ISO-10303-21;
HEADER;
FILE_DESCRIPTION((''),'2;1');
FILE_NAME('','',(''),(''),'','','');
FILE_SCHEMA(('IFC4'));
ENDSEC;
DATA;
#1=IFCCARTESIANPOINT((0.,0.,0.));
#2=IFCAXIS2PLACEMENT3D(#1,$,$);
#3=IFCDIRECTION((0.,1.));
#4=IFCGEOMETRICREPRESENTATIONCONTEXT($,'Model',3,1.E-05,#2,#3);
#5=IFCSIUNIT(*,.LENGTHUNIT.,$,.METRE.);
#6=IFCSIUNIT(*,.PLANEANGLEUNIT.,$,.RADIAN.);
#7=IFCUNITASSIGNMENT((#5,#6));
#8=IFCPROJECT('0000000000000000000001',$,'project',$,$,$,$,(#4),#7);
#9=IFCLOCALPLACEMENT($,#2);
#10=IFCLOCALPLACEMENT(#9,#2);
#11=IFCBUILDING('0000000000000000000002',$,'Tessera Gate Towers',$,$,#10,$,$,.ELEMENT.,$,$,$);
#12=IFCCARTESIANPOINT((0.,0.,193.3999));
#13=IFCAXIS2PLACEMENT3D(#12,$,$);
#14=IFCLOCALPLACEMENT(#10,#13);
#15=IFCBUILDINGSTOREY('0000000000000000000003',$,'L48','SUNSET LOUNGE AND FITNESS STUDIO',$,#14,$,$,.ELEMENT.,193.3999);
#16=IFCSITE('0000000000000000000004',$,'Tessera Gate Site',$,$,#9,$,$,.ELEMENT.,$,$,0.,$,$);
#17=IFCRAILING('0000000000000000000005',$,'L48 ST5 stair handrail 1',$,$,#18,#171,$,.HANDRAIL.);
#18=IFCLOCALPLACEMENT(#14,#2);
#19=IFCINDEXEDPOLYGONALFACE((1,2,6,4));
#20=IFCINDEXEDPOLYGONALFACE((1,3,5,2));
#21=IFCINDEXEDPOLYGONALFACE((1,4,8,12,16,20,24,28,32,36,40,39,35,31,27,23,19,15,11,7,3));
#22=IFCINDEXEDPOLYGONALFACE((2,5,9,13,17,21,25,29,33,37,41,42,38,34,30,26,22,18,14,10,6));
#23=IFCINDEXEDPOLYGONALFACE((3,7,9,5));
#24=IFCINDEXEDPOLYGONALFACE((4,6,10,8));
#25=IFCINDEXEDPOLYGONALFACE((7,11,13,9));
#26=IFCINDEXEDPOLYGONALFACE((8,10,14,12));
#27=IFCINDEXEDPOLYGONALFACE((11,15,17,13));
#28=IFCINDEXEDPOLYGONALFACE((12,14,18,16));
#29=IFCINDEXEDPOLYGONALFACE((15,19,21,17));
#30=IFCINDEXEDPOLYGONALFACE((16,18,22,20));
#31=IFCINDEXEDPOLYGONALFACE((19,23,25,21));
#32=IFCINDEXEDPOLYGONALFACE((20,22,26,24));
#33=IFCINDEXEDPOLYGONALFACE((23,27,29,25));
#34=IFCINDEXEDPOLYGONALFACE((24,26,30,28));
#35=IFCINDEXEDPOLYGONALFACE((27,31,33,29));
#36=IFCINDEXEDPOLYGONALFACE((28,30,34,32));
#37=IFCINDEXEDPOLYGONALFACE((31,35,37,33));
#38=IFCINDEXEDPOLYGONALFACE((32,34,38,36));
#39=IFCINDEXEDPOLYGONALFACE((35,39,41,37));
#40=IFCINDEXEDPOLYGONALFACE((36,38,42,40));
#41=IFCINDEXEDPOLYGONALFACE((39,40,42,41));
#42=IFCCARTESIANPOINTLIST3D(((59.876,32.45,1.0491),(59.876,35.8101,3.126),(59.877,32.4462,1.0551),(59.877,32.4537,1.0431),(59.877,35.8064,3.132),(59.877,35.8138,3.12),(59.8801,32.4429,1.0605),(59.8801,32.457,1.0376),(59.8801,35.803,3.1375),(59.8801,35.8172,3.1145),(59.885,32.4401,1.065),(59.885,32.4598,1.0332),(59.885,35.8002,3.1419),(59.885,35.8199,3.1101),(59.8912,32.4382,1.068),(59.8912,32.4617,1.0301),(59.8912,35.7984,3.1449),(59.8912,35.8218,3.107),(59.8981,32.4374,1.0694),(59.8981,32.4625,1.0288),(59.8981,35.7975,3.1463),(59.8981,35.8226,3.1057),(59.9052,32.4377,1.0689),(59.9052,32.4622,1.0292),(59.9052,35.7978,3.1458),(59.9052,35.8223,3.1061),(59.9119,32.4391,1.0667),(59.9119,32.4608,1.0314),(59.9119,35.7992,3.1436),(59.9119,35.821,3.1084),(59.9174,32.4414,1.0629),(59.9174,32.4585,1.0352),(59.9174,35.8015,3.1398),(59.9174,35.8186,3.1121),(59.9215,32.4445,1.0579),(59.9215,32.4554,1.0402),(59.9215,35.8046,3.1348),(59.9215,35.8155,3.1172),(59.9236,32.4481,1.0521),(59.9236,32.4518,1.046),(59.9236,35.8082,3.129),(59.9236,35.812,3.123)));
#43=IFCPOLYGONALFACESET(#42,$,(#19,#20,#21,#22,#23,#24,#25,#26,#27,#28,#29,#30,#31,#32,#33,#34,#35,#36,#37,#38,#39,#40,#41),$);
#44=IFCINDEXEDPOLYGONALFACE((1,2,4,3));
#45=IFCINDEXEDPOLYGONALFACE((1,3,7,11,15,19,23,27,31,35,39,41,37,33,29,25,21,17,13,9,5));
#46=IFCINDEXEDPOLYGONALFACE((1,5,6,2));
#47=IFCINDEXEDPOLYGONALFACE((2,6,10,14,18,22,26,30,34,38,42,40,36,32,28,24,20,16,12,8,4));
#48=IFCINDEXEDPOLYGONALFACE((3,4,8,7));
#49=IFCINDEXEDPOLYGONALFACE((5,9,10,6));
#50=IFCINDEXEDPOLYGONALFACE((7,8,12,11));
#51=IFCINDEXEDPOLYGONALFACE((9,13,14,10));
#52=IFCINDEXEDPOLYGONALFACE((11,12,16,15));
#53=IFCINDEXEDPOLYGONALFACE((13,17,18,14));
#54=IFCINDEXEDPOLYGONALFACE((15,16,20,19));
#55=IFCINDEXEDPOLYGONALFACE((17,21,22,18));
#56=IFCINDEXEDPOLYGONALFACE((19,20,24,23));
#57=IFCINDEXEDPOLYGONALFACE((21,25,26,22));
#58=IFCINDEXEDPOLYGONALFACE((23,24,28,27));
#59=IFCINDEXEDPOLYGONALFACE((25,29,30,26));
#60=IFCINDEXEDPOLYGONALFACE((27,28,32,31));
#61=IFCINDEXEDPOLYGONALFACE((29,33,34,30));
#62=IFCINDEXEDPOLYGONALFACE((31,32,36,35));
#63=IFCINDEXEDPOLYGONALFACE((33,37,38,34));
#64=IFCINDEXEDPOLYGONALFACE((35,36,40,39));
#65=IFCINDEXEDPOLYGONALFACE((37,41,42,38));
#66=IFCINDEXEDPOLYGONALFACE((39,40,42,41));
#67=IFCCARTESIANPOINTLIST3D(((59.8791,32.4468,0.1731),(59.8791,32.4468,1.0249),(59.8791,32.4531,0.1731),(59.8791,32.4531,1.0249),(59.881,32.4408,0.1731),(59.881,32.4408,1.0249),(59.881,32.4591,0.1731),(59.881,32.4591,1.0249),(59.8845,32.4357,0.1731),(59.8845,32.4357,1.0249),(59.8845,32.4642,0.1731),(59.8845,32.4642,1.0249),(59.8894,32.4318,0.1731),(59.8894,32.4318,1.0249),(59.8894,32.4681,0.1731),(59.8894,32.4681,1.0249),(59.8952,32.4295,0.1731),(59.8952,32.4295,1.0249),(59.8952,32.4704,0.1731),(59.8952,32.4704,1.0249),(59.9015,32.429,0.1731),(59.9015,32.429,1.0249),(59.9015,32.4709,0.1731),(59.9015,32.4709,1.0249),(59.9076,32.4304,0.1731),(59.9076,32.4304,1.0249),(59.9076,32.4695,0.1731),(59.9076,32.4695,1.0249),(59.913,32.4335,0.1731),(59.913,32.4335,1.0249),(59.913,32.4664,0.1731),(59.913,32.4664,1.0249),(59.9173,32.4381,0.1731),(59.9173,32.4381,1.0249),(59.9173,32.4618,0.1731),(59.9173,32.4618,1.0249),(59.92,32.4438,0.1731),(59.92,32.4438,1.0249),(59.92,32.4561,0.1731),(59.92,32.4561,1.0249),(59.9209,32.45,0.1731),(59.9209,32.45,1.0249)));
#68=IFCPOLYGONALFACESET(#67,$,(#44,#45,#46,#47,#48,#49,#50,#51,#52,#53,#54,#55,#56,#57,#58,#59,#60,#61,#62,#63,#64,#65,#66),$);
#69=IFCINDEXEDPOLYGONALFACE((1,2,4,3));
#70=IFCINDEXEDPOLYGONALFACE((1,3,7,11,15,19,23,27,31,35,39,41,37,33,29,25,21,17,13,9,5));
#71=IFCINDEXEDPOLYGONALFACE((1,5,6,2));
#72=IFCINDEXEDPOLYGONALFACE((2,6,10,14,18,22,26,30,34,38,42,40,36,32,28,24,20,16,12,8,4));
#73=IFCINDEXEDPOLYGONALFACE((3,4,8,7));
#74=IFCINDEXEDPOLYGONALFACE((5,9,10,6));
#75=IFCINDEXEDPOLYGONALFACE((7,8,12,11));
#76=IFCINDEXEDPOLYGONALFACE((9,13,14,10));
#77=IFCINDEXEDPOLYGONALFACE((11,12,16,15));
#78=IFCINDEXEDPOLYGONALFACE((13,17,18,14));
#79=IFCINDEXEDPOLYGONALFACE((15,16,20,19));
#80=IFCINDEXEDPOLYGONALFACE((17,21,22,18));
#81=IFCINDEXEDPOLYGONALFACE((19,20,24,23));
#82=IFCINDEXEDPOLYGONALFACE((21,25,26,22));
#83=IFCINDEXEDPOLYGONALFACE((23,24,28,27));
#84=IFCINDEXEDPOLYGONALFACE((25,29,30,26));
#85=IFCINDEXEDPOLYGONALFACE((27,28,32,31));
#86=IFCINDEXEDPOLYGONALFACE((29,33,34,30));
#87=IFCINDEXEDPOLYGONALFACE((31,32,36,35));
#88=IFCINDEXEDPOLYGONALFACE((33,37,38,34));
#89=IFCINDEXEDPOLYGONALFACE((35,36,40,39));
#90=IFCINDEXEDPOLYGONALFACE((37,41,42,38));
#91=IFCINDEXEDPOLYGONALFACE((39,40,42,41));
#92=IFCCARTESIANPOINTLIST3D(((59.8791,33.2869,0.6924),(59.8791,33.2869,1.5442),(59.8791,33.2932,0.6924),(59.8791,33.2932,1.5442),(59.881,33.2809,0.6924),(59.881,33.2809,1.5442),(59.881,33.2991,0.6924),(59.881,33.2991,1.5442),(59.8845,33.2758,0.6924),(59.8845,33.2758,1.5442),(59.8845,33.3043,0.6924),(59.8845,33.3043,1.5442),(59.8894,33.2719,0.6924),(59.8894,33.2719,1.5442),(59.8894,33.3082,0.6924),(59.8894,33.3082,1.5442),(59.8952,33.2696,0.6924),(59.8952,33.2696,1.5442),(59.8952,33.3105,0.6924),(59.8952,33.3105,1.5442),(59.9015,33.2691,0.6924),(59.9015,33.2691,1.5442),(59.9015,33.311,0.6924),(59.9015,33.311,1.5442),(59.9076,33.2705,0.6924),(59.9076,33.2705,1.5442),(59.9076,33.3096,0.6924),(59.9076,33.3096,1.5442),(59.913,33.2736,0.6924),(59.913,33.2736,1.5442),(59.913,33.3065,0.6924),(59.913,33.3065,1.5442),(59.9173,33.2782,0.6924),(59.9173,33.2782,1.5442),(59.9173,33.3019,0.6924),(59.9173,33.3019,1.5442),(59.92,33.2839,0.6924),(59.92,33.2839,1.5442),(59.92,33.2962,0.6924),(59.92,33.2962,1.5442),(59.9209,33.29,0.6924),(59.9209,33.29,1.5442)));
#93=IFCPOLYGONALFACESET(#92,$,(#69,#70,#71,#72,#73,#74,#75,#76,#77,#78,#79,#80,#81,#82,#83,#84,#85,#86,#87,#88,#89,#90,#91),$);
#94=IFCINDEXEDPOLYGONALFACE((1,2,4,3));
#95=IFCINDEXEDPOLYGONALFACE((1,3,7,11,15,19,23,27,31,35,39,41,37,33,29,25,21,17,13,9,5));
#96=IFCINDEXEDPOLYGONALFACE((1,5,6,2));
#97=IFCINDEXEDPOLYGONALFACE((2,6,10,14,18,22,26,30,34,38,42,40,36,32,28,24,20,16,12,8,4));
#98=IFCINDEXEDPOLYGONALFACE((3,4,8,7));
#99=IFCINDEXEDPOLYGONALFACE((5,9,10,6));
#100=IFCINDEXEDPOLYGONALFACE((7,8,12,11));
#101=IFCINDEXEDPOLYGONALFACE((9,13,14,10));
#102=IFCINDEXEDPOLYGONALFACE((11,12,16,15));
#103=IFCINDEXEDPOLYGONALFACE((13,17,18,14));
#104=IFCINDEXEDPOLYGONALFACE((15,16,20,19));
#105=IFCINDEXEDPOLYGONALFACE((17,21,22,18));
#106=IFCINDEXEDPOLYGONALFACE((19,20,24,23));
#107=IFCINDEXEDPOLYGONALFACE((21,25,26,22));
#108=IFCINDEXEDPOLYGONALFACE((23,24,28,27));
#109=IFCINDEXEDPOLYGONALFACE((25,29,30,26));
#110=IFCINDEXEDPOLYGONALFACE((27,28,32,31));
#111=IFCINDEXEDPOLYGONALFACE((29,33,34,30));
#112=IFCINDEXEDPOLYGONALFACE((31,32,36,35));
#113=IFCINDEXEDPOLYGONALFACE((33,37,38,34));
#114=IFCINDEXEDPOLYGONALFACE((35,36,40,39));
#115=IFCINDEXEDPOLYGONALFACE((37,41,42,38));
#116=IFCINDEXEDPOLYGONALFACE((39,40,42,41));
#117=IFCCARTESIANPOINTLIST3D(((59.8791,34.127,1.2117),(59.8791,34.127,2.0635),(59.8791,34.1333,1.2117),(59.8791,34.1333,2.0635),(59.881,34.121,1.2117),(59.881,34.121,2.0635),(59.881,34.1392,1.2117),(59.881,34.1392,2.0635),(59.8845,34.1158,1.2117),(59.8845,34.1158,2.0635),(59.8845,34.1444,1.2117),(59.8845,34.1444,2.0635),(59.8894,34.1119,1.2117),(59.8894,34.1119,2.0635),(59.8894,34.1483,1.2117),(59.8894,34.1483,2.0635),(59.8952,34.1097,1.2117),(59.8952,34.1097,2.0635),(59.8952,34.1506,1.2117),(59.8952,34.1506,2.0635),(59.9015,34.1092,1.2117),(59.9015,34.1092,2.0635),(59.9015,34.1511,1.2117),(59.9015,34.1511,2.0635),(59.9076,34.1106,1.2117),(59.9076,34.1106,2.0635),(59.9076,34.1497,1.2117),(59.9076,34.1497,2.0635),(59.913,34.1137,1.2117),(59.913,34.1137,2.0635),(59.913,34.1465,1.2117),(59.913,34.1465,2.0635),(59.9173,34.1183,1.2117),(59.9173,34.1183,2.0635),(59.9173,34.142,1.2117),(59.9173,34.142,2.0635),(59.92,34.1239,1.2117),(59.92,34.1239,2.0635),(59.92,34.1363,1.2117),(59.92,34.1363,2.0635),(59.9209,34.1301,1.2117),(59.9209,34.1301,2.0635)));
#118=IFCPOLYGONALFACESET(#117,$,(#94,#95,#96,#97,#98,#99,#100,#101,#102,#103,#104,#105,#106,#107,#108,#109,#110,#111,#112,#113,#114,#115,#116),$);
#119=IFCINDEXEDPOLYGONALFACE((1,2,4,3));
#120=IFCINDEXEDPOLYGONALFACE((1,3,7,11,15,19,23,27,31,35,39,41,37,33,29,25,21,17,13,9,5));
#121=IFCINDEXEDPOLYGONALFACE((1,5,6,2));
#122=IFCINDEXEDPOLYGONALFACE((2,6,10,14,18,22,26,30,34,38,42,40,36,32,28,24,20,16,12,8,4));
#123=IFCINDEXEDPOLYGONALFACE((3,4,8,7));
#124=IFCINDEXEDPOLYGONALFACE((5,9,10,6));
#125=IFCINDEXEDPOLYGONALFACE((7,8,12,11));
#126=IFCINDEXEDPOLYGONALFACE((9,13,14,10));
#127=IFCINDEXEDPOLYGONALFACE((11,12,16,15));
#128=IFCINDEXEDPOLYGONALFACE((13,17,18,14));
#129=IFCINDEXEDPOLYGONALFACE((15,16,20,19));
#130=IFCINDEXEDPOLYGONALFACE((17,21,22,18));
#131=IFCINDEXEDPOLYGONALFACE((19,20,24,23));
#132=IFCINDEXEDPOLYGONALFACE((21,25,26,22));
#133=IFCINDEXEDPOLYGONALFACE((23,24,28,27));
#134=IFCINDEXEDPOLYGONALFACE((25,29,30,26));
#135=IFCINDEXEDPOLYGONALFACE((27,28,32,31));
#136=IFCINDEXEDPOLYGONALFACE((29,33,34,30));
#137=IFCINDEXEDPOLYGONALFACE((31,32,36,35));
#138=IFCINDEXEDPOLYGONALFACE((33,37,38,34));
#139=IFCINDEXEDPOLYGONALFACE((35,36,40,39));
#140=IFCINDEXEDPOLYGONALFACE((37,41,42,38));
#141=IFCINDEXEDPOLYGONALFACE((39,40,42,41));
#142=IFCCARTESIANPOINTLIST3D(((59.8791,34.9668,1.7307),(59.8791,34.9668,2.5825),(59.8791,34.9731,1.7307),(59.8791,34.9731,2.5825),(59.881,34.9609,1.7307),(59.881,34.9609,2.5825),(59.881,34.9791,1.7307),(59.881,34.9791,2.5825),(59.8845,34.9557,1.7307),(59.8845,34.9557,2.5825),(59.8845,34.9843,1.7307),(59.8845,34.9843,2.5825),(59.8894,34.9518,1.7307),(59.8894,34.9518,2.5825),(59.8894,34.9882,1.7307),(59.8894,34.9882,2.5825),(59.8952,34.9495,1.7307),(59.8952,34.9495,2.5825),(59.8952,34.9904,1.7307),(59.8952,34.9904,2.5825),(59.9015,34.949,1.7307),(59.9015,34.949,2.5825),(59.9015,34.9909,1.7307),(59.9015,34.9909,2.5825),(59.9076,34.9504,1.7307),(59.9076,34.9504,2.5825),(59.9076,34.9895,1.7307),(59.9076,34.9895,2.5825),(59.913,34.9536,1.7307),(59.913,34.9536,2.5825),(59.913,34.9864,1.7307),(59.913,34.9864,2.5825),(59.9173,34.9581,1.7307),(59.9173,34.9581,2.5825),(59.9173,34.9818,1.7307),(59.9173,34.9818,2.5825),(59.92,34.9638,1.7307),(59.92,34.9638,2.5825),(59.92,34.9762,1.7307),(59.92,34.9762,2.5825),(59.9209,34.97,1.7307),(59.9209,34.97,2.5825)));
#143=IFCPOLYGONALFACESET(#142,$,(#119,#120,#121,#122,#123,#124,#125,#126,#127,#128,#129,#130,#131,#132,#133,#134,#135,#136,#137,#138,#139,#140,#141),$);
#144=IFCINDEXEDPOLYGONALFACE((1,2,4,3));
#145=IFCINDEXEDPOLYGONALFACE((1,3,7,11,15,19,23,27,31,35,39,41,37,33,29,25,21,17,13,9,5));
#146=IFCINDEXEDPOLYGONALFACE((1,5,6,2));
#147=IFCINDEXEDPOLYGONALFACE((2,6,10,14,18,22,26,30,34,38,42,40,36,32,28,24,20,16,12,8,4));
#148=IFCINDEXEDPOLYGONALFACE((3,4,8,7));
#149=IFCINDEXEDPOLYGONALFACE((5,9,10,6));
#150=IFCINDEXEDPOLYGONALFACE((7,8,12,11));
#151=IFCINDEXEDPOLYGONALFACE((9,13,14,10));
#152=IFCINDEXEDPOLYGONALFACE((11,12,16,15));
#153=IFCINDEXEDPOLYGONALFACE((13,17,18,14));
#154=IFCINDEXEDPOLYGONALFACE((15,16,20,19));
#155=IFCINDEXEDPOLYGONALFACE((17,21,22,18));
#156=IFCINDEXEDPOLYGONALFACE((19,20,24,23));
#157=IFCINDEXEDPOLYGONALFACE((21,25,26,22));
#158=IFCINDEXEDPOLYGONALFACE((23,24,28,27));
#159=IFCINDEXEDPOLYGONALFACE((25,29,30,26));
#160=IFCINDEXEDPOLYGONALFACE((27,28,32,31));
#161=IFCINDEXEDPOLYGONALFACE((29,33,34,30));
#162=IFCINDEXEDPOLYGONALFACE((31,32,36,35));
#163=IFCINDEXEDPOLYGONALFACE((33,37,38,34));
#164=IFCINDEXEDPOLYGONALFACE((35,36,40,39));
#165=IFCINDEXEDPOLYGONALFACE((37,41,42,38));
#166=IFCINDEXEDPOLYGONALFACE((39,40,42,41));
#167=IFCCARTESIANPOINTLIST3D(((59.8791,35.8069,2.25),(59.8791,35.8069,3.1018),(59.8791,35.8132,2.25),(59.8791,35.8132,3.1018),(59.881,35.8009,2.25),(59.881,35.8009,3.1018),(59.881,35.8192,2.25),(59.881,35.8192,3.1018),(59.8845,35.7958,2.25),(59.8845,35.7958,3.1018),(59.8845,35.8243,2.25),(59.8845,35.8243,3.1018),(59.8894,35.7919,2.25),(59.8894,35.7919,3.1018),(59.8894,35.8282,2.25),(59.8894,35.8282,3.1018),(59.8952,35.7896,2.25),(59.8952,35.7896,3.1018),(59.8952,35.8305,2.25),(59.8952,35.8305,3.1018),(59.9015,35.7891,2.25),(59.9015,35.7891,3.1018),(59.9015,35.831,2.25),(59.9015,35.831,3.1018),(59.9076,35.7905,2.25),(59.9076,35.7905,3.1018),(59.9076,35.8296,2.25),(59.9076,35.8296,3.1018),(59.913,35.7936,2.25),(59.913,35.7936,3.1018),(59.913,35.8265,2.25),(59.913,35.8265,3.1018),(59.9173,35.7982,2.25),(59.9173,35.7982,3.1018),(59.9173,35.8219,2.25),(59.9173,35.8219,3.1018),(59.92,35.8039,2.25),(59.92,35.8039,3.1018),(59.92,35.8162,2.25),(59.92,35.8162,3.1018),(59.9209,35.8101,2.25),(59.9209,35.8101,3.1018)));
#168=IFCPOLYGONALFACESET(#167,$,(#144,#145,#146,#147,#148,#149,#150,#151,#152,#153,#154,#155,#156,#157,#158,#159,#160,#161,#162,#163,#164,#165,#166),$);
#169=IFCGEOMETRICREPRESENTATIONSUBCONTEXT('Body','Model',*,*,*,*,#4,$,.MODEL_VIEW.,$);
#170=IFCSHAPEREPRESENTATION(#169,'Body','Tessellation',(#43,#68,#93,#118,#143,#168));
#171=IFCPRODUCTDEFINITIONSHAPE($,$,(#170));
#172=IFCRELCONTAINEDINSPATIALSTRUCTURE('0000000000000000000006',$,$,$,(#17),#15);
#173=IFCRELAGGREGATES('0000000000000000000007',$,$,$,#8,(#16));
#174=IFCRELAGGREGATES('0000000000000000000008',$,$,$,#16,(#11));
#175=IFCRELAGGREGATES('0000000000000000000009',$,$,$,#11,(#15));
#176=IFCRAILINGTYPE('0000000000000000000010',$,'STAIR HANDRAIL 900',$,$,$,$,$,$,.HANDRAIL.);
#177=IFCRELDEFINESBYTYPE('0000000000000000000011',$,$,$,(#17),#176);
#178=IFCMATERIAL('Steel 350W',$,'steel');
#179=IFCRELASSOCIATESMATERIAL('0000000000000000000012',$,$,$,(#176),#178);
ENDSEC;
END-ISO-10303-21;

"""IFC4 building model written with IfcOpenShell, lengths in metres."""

from ifc_helpers import new_model, si_unit, direction, frame, origin, origin_2d, place, context, subcontext, project, spatial, circle, extrude, material, type_object, element, save


model = new_model("IFC4")

# Units and contexts
model_context = context("Model", 3, precision=1e-05, world=origin(), true_north=direction((0.0, 1.0)))
body_context = subcontext(model_context, "Body", "Model", "MODEL_VIEW")
ifc_project = project(units=[si_unit("LENGTHUNIT", "METRE"), si_unit("PLANEANGLEUNIT", "RADIAN")], contexts=[model_context])

# Site, building, storey
site_placement = place(None, origin())
site = spatial("IfcSite", under=ifc_project, at=site_placement, Name="Tessera Gate Site", CompositionType="ELEMENT", RefElevation=0.0)
building_placement = place(site_placement, origin())
building = spatial("IfcBuilding", under=site, at=building_placement, Name="Tessera Gate Towers", CompositionType="ELEMENT")
storey_placement = place(building_placement, frame((0.0, 0.0, 193.3999)))
storey = spatial("IfcBuildingStorey", under=building, at=storey_placement, Name="L48", Description="SUNSET LOUNGE AND FITNESS STUDIO", CompositionType="ELEMENT", Elevation=193.3999)

# Railing
ifc_material_1 = material(Name="Steel 350W", Category="steel")
railing_type_1 = type_object("IfcRailingType", Name="STAIR HANDRAIL 900", PredefinedType="HANDRAIL", material=ifc_material_1)
railing_1_placement = place(storey_placement, frame((59.8999, 32.45, 0.1731)))
element("IfcRailing", 1, at=railing_1_placement, inside=storey, type_object=railing_type_1, Name="L48 ST5 stair handrail 1", PredefinedType="HANDRAIL", context=body_context, shape_type="SweptSolid", body=[
    extrude(circle(Radius=0.0239, at=origin_2d()), frame((0.0, 0.0, 0.876), z_axis=(0.0, 0.850623, 0.525776), x_axis=(-1.0, 0.0, 0.0)), (0.0, 0.0, 1.0), 3.9502),
    extrude(circle(Radius=0.021, at=origin_2d()), origin(), (0.0, 0.0, 1.0), 0.8518),
    extrude(circle(Radius=0.021, at=origin_2d()), frame((0.0, 0.8401, 0.5193)), (0.0, 0.0, 1.0), 0.8518),
    extrude(circle(Radius=0.021, at=origin_2d()), frame((0.0, 1.6802, 1.0386)), (0.0, 0.0, 1.0), 0.8518),
    extrude(circle(Radius=0.021, at=origin_2d()), frame((0.0, 2.52, 1.5576)), (0.0, 0.0, 1.0), 0.8518),
    extrude(circle(Radius=0.021, at=origin_2d()), frame((0.0, 3.3601, 2.0769)), (0.0, 0.0, 1.0), 0.8518),
])

save(model, "model.ifc")
